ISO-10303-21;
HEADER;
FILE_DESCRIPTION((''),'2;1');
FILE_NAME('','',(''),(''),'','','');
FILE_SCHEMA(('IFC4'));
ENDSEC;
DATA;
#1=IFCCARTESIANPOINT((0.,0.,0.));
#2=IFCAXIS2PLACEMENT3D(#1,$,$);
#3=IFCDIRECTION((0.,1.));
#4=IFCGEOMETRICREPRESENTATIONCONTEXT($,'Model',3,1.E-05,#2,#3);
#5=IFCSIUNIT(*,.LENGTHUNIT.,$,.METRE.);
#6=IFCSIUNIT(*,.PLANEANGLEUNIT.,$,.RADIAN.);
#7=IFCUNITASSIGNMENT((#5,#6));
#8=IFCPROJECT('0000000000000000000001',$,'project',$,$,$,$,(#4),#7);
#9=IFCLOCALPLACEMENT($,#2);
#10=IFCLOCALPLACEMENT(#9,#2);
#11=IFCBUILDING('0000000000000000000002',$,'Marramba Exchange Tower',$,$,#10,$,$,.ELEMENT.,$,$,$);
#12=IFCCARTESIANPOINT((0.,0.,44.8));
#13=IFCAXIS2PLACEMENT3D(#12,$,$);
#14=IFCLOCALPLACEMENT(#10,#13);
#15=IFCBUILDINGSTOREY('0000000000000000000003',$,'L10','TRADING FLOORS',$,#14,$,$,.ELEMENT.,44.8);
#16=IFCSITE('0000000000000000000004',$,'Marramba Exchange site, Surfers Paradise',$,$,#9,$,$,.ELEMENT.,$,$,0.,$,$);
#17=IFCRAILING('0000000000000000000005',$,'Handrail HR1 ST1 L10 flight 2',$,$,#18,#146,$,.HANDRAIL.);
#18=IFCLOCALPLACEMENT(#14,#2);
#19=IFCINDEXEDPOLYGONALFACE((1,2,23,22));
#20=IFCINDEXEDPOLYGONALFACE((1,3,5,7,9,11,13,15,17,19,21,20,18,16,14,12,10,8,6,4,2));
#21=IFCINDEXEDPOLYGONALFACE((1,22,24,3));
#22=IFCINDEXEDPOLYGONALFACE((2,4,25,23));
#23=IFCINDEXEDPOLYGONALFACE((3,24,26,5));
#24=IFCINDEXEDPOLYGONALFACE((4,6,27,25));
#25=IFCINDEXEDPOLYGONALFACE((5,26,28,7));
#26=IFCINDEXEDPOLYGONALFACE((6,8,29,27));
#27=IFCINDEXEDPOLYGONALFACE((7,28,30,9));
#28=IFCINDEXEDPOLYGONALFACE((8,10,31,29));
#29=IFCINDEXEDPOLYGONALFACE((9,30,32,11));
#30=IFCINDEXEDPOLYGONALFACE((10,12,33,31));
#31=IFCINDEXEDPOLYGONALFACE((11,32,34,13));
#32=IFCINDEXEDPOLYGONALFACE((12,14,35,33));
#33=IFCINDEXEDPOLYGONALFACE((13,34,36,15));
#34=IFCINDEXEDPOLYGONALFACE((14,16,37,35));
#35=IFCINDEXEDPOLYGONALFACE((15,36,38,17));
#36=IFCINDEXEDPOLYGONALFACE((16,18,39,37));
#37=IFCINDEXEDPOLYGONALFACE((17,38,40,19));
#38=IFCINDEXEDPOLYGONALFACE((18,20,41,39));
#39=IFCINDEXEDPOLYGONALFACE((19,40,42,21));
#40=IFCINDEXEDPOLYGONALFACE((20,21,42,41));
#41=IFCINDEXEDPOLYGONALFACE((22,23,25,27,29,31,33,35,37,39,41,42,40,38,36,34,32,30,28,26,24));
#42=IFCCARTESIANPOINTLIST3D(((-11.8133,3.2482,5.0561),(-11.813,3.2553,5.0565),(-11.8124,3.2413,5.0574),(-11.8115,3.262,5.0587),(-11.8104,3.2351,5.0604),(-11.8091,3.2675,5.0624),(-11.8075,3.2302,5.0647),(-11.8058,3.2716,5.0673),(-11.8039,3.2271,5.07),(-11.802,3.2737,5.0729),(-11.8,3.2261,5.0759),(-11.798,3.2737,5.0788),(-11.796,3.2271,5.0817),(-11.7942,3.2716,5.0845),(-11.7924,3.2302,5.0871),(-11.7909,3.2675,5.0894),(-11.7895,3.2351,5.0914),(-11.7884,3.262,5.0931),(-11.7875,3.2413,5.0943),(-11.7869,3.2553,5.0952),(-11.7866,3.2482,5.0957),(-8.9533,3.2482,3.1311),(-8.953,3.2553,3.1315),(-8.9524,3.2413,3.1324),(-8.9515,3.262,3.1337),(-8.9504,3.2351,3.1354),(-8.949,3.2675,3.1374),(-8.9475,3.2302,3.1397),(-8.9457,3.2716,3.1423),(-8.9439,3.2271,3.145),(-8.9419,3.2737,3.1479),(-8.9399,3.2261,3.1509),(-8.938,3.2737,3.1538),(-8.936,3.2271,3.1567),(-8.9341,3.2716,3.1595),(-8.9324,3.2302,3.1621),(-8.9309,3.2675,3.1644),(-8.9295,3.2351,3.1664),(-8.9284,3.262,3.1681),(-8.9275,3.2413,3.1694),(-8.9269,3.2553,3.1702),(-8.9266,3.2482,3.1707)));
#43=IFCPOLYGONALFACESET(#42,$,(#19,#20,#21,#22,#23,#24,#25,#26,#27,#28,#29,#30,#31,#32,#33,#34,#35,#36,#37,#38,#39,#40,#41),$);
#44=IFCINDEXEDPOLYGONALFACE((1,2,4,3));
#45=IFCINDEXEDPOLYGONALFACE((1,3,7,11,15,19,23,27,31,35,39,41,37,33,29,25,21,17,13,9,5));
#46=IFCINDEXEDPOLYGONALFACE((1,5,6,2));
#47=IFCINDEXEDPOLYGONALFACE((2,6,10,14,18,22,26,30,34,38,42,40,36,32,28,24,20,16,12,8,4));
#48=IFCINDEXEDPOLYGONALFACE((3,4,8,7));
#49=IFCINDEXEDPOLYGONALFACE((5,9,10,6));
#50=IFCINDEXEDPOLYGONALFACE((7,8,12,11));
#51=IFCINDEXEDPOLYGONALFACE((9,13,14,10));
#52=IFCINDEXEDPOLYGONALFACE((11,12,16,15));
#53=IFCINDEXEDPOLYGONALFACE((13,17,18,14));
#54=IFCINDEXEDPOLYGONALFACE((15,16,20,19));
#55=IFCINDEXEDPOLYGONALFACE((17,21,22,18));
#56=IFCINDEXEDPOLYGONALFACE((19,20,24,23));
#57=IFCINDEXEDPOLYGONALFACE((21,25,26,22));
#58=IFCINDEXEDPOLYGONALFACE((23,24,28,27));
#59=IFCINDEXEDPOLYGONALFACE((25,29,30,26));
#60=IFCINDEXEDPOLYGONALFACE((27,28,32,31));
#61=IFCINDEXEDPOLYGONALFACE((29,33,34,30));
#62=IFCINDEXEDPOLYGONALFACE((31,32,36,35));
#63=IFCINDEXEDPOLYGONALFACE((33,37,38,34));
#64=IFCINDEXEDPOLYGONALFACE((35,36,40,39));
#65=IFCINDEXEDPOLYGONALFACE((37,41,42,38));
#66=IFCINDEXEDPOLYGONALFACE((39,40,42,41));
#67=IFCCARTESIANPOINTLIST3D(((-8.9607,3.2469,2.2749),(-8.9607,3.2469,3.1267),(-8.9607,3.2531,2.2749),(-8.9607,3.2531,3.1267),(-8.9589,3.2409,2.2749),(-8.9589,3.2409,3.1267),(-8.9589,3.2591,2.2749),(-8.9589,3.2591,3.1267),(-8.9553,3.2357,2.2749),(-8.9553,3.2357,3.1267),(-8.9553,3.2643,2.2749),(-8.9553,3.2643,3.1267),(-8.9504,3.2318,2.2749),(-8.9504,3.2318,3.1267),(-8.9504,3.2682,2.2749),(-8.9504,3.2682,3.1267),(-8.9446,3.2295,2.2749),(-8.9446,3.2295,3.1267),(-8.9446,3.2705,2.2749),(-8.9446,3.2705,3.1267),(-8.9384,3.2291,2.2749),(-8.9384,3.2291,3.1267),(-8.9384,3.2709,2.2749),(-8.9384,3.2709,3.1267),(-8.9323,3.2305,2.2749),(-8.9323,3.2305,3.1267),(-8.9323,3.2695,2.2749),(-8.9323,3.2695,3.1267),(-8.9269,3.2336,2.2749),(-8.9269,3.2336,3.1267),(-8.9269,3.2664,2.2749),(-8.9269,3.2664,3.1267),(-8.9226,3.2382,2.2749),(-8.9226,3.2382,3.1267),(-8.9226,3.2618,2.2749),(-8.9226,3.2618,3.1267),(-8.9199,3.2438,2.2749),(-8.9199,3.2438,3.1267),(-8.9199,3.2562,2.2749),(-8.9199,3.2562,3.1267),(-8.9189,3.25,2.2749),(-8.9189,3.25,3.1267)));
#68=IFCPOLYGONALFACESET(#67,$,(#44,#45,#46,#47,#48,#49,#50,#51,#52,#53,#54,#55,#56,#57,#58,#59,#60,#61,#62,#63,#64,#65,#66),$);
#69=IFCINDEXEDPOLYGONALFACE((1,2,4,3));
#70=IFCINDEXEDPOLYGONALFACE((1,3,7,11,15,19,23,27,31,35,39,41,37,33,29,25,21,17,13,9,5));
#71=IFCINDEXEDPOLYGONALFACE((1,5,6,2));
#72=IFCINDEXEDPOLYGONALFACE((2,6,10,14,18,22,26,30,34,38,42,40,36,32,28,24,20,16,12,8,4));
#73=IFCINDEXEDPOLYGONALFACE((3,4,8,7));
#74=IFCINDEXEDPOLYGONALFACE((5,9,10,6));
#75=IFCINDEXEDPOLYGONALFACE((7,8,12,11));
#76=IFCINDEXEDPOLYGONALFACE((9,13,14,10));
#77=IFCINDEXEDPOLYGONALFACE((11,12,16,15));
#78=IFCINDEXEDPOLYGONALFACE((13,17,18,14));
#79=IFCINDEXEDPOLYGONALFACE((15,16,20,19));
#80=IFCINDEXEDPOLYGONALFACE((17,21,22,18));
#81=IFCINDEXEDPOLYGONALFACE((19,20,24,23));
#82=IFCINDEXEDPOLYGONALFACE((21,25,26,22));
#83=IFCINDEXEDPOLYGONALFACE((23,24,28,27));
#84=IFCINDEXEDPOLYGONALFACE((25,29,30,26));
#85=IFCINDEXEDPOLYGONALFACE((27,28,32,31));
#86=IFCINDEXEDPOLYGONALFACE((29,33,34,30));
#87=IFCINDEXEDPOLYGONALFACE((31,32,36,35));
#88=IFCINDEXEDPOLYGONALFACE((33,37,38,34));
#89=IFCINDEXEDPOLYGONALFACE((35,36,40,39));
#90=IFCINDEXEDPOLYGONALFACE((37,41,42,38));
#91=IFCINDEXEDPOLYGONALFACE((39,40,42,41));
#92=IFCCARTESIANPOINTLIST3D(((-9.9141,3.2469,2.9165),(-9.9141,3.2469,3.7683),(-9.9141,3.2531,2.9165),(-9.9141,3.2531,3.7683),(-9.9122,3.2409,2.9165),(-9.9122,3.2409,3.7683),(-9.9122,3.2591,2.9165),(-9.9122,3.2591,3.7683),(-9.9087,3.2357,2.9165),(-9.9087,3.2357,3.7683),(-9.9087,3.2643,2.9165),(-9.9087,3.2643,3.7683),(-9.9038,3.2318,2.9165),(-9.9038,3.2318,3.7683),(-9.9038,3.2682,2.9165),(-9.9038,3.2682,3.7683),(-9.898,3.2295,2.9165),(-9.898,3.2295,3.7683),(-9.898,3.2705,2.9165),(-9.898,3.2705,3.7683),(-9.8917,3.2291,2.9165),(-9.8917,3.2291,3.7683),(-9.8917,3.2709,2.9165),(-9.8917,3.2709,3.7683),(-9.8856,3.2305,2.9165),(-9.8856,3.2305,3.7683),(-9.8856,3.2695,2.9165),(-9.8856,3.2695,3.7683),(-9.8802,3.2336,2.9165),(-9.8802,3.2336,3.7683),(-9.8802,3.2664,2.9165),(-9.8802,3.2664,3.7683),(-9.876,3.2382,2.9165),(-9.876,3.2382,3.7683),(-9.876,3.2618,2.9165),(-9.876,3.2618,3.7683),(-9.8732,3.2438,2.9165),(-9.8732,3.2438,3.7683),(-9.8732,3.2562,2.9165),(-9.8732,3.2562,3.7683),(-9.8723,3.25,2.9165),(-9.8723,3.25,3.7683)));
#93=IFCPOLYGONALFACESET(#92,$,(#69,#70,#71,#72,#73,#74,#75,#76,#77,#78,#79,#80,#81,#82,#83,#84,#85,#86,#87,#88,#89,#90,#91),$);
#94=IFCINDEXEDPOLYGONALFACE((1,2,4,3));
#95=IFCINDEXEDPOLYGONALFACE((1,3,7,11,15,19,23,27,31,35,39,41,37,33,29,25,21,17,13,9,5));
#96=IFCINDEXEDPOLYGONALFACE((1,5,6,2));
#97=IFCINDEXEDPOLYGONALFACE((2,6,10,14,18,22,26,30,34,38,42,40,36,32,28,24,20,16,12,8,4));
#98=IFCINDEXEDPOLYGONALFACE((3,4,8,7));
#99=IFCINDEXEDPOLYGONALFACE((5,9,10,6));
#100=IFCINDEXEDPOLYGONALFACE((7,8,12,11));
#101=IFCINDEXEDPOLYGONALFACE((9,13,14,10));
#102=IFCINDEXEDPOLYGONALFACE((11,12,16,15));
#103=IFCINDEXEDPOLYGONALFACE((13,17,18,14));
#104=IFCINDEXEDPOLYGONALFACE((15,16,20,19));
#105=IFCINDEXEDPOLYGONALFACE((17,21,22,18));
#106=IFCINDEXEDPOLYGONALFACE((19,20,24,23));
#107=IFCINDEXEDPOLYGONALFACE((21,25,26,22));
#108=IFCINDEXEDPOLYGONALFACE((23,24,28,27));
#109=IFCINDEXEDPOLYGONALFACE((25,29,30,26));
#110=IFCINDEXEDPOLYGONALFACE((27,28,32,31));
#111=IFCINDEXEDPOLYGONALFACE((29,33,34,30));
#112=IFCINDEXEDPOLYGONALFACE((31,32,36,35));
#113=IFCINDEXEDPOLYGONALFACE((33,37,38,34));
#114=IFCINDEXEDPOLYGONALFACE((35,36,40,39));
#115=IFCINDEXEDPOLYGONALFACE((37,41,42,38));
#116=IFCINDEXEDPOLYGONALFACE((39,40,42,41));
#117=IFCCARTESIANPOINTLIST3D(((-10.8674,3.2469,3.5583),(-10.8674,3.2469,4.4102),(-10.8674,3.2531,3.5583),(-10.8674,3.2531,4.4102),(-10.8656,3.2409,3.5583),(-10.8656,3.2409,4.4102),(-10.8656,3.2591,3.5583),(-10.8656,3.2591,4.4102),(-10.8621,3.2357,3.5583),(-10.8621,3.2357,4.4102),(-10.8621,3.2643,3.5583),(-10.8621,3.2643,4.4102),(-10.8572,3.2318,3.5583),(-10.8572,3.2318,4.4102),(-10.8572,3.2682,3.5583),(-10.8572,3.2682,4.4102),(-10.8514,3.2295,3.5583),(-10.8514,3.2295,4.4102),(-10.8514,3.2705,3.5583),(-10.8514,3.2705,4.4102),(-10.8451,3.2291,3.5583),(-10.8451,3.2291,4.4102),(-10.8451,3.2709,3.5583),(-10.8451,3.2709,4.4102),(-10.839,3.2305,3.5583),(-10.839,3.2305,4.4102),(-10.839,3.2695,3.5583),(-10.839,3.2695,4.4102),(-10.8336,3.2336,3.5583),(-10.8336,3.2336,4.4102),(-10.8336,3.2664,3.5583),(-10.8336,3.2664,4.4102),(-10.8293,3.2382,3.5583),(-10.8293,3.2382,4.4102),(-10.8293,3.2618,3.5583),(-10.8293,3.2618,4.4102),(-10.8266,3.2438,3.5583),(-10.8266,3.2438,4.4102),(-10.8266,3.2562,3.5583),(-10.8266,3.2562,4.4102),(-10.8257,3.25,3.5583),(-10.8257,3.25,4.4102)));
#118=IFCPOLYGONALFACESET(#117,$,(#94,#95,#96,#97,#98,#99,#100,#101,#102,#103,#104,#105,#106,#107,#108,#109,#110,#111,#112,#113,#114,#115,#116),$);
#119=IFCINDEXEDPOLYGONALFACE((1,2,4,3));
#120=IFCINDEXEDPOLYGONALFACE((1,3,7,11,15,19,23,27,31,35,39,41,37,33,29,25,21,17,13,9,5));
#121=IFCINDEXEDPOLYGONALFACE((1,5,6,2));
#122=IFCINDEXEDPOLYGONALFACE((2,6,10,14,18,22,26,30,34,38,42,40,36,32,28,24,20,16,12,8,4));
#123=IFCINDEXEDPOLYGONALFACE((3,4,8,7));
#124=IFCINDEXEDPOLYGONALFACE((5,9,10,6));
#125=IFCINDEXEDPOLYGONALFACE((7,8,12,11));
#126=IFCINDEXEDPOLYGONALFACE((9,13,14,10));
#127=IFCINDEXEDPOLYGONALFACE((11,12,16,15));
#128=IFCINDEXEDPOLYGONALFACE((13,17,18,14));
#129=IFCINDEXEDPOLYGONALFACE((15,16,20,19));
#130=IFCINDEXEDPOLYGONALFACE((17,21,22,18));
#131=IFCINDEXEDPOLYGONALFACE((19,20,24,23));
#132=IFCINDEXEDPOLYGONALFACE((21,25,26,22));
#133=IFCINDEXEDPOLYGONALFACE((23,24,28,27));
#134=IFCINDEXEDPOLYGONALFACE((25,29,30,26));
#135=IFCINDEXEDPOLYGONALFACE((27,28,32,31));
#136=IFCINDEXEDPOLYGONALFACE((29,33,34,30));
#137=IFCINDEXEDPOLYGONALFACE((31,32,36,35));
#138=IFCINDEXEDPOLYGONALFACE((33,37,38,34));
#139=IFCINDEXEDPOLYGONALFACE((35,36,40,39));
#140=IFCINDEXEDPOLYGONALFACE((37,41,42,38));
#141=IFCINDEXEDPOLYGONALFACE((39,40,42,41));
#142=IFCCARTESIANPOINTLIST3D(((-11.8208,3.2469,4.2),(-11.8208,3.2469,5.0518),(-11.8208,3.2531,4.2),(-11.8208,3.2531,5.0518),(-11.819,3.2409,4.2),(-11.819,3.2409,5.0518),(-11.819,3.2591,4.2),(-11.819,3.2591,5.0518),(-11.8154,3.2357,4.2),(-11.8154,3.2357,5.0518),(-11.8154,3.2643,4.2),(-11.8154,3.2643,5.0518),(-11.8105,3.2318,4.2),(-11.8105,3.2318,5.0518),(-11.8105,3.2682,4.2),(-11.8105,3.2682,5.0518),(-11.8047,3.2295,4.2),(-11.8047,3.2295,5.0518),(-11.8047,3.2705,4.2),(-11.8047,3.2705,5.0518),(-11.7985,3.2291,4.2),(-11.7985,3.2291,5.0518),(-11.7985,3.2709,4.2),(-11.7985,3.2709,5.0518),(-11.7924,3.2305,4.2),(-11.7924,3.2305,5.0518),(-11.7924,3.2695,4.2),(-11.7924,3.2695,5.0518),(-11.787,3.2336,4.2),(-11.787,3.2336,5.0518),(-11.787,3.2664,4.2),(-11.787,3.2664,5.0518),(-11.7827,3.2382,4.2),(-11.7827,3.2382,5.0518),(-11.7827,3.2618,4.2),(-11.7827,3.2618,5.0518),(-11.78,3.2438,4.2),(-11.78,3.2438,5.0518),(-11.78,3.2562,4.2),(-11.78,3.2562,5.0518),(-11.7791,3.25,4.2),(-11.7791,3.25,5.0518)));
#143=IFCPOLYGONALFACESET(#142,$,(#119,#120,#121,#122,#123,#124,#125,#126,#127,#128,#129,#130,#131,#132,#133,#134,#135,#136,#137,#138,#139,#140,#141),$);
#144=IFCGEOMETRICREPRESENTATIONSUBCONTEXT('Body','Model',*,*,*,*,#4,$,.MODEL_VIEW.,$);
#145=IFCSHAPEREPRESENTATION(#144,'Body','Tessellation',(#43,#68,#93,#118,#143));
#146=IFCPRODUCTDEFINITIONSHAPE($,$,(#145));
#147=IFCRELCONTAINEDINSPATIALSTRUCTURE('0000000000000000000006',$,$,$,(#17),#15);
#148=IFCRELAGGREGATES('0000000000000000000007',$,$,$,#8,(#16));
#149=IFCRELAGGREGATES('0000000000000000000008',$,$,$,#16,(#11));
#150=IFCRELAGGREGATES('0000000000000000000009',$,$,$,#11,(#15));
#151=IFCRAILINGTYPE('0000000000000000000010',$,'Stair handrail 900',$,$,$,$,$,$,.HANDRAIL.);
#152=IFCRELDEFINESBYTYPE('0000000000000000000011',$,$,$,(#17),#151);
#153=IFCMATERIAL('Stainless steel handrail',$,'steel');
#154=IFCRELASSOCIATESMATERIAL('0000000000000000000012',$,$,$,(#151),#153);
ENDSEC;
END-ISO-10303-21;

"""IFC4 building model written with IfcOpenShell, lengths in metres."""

from ifc_helpers import new_model, si_unit, direction, frame, origin, origin_2d, place, context, subcontext, project, spatial, circle, extrude, material, type_object, element, save


model = new_model("IFC4")

# Units and contexts
model_context = context("Model", 3, precision=1e-05, world=origin(), true_north=direction((0.0, 1.0)))
body_context = subcontext(model_context, "Body", "Model", "MODEL_VIEW")
ifc_project = project(units=[si_unit("LENGTHUNIT", "METRE"), si_unit("PLANEANGLEUNIT", "RADIAN")], contexts=[model_context])

# Site, building, storey
site_placement = place(None, origin())
site = spatial("IfcSite", under=ifc_project, at=site_placement, Name="Marramba Exchange site, Surfers Paradise", CompositionType="ELEMENT", RefElevation=0.0)
building_placement = place(site_placement, origin())
building = spatial("IfcBuilding", under=site, at=building_placement, Name="Marramba Exchange Tower", CompositionType="ELEMENT")
storey_placement = place(building_placement, frame((0.0, 0.0, 44.8)))
storey = spatial("IfcBuildingStorey", under=building, at=storey_placement, Name="L10", Description="TRADING FLOORS", CompositionType="ELEMENT", Elevation=44.8)

# Railing
ifc_material_1 = material(Name="Stainless steel handrail", Category="steel")
railing_type = type_object("IfcRailingType", Name="Stair handrail 900", PredefinedType="HANDRAIL", material=ifc_material_1)
railing_placement = place(storey_placement, frame((-8.9399, 3.25, 2.2749)))
element("IfcRailing", 1, at=railing_placement, inside=storey, type_object=railing_type, Name="Handrail HR1 ST1 L10 flight 2", PredefinedType="HANDRAIL", context=body_context, shape_type="SweptSolid", body=[
    extrude(circle(Radius=0.0239, at=origin_2d()), frame((0.0, 0.0, 0.876), z_axis=(-0.829591, 0.0, 0.558372), x_axis=(0.0, -1.0, 0.0)), (0.0, 0.0, 1.0), 3.4475),
    extrude(circle(Radius=0.021, at=origin_2d()), origin(), (0.0, 0.0, 1.0), 0.8518),
    extrude(circle(Radius=0.021, at=origin_2d()), frame((-0.9534, 0.0, 0.6416)), (0.0, 0.0, 1.0), 0.8518),
    extrude(circle(Radius=0.021, at=origin_2d()), frame((-1.9067, 0.0, 1.2834)), (0.0, 0.0, 1.0), 0.8518),
    extrude(circle(Radius=0.021, at=origin_2d()), frame((-2.8601, 0.0, 1.925)), (0.0, 0.0, 1.0), 0.8518),
])

save(model, "model.ifc")
